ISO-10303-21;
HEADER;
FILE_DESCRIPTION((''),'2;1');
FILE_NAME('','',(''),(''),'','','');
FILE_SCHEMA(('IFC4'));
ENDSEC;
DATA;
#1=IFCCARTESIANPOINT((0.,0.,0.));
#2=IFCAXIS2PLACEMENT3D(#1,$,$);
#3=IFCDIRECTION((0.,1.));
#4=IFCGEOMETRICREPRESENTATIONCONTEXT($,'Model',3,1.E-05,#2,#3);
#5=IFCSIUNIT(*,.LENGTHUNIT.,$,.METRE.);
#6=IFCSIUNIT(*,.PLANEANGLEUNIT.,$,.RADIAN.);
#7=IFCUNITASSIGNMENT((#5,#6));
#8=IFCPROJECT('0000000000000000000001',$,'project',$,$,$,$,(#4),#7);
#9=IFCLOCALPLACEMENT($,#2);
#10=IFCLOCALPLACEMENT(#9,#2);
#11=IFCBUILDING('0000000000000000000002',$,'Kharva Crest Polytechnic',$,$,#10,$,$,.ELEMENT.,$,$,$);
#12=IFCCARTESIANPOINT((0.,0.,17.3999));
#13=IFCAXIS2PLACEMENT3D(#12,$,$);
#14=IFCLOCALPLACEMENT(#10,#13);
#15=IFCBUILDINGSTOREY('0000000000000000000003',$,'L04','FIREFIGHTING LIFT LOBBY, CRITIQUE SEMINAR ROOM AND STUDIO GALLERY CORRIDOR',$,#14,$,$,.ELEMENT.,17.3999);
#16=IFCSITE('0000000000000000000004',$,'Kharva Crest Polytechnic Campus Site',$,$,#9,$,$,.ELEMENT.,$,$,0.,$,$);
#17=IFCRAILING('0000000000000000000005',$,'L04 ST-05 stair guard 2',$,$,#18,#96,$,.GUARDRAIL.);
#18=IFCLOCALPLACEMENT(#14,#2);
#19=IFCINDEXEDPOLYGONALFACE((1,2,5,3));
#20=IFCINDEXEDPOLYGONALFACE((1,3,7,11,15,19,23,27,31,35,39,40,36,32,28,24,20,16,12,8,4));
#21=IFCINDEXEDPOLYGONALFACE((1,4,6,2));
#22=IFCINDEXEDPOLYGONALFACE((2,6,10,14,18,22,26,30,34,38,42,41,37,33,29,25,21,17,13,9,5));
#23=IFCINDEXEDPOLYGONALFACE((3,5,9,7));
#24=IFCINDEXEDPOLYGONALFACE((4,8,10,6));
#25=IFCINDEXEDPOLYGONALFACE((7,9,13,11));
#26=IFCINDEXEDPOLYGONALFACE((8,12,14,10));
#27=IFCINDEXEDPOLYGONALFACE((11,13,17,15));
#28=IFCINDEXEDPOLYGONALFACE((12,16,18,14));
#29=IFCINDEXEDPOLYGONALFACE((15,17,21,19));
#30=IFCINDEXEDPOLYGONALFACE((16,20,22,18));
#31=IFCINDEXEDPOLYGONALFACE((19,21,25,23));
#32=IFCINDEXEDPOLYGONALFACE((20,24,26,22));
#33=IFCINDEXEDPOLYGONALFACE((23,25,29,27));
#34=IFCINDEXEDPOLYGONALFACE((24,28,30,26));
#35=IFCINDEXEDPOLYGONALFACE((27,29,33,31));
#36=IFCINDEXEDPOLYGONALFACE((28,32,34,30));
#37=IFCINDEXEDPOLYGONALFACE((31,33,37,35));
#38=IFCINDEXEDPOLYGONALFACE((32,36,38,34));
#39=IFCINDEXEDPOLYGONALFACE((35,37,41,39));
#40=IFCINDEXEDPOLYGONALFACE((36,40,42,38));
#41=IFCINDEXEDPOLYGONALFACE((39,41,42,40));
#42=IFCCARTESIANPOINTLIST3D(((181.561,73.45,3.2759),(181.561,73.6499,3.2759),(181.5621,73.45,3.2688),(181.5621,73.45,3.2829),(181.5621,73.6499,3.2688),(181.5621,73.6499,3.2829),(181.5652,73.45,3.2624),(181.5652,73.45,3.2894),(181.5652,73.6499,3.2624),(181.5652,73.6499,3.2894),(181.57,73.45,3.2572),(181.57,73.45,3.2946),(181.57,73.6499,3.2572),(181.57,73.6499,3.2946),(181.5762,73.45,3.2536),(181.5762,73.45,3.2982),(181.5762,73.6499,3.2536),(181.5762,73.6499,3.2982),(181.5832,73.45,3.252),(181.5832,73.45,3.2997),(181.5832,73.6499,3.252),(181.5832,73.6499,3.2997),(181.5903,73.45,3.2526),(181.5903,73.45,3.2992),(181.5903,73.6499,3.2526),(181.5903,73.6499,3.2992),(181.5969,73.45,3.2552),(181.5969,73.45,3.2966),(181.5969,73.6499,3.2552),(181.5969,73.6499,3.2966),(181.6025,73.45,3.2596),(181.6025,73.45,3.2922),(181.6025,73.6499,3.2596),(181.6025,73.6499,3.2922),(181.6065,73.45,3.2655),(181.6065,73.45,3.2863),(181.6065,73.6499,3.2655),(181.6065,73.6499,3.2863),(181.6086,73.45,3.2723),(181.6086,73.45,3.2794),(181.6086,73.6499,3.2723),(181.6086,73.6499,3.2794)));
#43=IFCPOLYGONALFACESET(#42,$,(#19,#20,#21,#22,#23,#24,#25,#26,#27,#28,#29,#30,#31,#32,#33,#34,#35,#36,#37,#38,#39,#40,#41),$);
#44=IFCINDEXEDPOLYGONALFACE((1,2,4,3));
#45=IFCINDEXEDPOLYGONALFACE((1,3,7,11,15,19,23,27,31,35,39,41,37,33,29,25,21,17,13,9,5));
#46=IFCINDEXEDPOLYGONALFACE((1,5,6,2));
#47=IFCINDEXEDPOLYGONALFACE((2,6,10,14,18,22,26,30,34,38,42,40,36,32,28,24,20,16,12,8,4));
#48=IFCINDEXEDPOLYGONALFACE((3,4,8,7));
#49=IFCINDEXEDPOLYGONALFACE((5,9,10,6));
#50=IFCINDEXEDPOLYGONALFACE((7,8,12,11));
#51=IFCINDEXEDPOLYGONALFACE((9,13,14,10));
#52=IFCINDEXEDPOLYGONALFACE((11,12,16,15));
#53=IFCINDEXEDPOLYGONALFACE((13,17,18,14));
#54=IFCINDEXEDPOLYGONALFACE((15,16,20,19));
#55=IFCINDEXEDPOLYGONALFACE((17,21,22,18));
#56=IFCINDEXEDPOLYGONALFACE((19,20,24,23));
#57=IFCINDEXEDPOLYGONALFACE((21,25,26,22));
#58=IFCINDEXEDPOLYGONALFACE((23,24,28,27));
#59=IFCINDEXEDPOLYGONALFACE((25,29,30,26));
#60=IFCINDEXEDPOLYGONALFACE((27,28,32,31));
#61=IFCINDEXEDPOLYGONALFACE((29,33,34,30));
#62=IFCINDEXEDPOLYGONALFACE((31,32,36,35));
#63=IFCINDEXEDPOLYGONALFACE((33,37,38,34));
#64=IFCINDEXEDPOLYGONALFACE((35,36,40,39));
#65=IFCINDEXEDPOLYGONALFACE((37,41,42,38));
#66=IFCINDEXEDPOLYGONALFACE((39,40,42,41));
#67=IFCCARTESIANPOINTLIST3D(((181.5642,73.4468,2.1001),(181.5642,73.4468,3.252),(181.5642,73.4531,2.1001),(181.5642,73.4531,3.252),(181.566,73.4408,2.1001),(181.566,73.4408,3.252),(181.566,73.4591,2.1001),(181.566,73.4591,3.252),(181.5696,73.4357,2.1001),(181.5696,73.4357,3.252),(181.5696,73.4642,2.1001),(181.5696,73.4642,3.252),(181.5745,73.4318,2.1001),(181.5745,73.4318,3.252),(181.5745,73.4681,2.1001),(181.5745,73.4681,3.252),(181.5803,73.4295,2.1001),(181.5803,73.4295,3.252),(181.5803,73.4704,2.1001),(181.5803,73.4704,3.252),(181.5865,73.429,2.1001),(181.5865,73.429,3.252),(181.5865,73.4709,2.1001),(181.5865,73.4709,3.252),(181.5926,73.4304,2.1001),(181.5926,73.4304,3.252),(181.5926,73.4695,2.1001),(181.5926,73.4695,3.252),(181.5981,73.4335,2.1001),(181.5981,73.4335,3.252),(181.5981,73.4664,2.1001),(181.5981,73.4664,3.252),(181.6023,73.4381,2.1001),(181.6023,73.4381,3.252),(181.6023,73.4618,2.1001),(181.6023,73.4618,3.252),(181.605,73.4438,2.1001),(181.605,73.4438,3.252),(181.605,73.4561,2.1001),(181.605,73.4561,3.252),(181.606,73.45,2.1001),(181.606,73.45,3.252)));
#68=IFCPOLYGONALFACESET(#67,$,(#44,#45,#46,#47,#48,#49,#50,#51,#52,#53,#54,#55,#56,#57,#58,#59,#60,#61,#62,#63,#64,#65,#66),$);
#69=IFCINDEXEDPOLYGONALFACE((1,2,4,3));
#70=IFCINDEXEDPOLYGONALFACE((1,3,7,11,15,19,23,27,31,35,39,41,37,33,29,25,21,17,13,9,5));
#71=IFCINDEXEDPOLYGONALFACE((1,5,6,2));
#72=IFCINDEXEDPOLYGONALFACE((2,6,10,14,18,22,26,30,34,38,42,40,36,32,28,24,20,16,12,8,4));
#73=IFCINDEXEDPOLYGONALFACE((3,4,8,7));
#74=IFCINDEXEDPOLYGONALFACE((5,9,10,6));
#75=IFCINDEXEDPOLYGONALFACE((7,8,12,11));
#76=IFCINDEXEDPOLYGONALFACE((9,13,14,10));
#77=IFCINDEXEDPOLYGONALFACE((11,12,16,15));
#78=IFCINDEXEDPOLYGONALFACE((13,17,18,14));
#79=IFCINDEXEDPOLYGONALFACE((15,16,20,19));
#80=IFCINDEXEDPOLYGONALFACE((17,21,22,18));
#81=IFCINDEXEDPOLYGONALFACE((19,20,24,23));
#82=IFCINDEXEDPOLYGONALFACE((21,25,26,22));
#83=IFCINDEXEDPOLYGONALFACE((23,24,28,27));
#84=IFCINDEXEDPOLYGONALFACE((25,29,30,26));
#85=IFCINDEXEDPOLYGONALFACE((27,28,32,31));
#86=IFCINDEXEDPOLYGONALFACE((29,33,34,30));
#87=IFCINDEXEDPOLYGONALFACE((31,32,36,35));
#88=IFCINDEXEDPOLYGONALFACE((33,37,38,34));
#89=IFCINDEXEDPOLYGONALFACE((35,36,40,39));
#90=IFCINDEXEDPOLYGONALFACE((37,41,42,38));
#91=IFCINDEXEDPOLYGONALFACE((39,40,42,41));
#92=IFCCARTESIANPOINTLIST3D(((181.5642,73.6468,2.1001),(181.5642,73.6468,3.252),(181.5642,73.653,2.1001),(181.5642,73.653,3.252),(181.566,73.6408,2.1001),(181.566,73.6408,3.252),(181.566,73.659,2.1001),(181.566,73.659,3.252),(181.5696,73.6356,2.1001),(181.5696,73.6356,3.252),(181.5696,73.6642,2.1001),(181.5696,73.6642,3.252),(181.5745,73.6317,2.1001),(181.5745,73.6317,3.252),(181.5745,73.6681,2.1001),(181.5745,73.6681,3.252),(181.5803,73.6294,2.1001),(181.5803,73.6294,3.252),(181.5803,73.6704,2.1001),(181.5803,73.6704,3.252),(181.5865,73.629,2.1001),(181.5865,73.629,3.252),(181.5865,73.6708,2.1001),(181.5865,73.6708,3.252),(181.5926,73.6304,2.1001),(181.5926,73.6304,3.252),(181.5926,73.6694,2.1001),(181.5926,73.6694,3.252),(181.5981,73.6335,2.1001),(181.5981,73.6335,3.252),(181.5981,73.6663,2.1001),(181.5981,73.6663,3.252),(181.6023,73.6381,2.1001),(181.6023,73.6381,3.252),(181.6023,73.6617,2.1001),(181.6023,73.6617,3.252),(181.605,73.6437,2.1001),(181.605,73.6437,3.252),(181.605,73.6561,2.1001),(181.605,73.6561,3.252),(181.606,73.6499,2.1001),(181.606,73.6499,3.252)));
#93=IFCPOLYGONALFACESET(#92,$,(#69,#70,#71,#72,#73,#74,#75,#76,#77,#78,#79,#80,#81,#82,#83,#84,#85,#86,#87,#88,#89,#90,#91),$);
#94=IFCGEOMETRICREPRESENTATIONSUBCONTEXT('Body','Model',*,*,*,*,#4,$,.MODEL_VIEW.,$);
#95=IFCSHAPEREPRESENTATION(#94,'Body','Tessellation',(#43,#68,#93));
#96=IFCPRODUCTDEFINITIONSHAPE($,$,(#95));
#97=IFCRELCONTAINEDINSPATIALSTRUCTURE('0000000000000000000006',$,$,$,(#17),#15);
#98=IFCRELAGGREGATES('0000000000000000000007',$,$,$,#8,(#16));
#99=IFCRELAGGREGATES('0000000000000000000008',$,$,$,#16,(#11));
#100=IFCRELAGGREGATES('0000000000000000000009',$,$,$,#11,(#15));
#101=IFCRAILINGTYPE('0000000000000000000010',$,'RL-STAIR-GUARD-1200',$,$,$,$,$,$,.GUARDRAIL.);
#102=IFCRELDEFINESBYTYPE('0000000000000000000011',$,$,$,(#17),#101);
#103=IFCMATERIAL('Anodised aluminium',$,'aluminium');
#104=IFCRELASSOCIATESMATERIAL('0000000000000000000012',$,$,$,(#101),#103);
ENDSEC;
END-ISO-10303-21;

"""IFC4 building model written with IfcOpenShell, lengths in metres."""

from ifc_helpers import new_model, si_unit, direction, frame, origin, origin_2d, place, context, subcontext, project, spatial, circle, extrude, material, type_object, element, save


model = new_model("IFC4")

# Units and contexts
model_context = context("Model", 3, precision=1e-05, world=origin(), true_north=direction((0.0, 1.0)))
body_context = subcontext(model_context, "Body", "Model", "MODEL_VIEW")
ifc_project = project(units=[si_unit("LENGTHUNIT", "METRE"), si_unit("PLANEANGLEUNIT", "RADIAN")], contexts=[model_context])

# Site, building, storey
site_placement = place(None, origin())
site = spatial("IfcSite", under=ifc_project, at=site_placement, Name="Kharva Crest Polytechnic Campus Site", CompositionType="ELEMENT", RefElevation=0.0)
building_placement = place(site_placement, origin())
building = spatial("IfcBuilding", under=site, at=building_placement, Name="Kharva Crest Polytechnic", CompositionType="ELEMENT")
storey_placement = place(building_placement, frame((0.0, 0.0, 17.3999)))
storey = spatial("IfcBuildingStorey", under=building, at=storey_placement, Name="L04", Description="FIREFIGHTING LIFT LOBBY, CRITIQUE SEMINAR ROOM AND STUDIO GALLERY CORRIDOR", CompositionType="ELEMENT", Elevation=17.3999)

# Railing
ifc_material_1 = material(Name="Anodised aluminium", Category="aluminium")
railing_type_1 = type_object("IfcRailingType", Name="RL-STAIR-GUARD-1200", PredefinedType="GUARDRAIL", material=ifc_material_1)
railing_1_placement = place(storey_placement, frame((181.585, 73.45, 2.1001)))
element("IfcRailing", 1, at=railing_1_placement, inside=storey, type_object=railing_type_1, Name="L04 ST-05 stair guard 2", PredefinedType="GUARDRAIL", context=body_context, shape_type="SweptSolid", body=[
    extrude(circle(Radius=0.0239, at=origin_2d()), frame((0.0, 0.0, 1.1758), z_axis=(0.0, 1.0, 0.0), x_axis=(-1.0, 0.0, 0.0)), (0.0, 0.0, 1.0), 0.2),
    extrude(circle(Radius=0.021, at=origin_2d()), origin(), (0.0, 0.0, 1.0), 1.1519),
    extrude(circle(Radius=0.021, at=origin_2d()), frame((0.0, 0.2, 0.0)), (0.0, 0.0, 1.0), 1.1519),
])

save(model, "model.ifc")
